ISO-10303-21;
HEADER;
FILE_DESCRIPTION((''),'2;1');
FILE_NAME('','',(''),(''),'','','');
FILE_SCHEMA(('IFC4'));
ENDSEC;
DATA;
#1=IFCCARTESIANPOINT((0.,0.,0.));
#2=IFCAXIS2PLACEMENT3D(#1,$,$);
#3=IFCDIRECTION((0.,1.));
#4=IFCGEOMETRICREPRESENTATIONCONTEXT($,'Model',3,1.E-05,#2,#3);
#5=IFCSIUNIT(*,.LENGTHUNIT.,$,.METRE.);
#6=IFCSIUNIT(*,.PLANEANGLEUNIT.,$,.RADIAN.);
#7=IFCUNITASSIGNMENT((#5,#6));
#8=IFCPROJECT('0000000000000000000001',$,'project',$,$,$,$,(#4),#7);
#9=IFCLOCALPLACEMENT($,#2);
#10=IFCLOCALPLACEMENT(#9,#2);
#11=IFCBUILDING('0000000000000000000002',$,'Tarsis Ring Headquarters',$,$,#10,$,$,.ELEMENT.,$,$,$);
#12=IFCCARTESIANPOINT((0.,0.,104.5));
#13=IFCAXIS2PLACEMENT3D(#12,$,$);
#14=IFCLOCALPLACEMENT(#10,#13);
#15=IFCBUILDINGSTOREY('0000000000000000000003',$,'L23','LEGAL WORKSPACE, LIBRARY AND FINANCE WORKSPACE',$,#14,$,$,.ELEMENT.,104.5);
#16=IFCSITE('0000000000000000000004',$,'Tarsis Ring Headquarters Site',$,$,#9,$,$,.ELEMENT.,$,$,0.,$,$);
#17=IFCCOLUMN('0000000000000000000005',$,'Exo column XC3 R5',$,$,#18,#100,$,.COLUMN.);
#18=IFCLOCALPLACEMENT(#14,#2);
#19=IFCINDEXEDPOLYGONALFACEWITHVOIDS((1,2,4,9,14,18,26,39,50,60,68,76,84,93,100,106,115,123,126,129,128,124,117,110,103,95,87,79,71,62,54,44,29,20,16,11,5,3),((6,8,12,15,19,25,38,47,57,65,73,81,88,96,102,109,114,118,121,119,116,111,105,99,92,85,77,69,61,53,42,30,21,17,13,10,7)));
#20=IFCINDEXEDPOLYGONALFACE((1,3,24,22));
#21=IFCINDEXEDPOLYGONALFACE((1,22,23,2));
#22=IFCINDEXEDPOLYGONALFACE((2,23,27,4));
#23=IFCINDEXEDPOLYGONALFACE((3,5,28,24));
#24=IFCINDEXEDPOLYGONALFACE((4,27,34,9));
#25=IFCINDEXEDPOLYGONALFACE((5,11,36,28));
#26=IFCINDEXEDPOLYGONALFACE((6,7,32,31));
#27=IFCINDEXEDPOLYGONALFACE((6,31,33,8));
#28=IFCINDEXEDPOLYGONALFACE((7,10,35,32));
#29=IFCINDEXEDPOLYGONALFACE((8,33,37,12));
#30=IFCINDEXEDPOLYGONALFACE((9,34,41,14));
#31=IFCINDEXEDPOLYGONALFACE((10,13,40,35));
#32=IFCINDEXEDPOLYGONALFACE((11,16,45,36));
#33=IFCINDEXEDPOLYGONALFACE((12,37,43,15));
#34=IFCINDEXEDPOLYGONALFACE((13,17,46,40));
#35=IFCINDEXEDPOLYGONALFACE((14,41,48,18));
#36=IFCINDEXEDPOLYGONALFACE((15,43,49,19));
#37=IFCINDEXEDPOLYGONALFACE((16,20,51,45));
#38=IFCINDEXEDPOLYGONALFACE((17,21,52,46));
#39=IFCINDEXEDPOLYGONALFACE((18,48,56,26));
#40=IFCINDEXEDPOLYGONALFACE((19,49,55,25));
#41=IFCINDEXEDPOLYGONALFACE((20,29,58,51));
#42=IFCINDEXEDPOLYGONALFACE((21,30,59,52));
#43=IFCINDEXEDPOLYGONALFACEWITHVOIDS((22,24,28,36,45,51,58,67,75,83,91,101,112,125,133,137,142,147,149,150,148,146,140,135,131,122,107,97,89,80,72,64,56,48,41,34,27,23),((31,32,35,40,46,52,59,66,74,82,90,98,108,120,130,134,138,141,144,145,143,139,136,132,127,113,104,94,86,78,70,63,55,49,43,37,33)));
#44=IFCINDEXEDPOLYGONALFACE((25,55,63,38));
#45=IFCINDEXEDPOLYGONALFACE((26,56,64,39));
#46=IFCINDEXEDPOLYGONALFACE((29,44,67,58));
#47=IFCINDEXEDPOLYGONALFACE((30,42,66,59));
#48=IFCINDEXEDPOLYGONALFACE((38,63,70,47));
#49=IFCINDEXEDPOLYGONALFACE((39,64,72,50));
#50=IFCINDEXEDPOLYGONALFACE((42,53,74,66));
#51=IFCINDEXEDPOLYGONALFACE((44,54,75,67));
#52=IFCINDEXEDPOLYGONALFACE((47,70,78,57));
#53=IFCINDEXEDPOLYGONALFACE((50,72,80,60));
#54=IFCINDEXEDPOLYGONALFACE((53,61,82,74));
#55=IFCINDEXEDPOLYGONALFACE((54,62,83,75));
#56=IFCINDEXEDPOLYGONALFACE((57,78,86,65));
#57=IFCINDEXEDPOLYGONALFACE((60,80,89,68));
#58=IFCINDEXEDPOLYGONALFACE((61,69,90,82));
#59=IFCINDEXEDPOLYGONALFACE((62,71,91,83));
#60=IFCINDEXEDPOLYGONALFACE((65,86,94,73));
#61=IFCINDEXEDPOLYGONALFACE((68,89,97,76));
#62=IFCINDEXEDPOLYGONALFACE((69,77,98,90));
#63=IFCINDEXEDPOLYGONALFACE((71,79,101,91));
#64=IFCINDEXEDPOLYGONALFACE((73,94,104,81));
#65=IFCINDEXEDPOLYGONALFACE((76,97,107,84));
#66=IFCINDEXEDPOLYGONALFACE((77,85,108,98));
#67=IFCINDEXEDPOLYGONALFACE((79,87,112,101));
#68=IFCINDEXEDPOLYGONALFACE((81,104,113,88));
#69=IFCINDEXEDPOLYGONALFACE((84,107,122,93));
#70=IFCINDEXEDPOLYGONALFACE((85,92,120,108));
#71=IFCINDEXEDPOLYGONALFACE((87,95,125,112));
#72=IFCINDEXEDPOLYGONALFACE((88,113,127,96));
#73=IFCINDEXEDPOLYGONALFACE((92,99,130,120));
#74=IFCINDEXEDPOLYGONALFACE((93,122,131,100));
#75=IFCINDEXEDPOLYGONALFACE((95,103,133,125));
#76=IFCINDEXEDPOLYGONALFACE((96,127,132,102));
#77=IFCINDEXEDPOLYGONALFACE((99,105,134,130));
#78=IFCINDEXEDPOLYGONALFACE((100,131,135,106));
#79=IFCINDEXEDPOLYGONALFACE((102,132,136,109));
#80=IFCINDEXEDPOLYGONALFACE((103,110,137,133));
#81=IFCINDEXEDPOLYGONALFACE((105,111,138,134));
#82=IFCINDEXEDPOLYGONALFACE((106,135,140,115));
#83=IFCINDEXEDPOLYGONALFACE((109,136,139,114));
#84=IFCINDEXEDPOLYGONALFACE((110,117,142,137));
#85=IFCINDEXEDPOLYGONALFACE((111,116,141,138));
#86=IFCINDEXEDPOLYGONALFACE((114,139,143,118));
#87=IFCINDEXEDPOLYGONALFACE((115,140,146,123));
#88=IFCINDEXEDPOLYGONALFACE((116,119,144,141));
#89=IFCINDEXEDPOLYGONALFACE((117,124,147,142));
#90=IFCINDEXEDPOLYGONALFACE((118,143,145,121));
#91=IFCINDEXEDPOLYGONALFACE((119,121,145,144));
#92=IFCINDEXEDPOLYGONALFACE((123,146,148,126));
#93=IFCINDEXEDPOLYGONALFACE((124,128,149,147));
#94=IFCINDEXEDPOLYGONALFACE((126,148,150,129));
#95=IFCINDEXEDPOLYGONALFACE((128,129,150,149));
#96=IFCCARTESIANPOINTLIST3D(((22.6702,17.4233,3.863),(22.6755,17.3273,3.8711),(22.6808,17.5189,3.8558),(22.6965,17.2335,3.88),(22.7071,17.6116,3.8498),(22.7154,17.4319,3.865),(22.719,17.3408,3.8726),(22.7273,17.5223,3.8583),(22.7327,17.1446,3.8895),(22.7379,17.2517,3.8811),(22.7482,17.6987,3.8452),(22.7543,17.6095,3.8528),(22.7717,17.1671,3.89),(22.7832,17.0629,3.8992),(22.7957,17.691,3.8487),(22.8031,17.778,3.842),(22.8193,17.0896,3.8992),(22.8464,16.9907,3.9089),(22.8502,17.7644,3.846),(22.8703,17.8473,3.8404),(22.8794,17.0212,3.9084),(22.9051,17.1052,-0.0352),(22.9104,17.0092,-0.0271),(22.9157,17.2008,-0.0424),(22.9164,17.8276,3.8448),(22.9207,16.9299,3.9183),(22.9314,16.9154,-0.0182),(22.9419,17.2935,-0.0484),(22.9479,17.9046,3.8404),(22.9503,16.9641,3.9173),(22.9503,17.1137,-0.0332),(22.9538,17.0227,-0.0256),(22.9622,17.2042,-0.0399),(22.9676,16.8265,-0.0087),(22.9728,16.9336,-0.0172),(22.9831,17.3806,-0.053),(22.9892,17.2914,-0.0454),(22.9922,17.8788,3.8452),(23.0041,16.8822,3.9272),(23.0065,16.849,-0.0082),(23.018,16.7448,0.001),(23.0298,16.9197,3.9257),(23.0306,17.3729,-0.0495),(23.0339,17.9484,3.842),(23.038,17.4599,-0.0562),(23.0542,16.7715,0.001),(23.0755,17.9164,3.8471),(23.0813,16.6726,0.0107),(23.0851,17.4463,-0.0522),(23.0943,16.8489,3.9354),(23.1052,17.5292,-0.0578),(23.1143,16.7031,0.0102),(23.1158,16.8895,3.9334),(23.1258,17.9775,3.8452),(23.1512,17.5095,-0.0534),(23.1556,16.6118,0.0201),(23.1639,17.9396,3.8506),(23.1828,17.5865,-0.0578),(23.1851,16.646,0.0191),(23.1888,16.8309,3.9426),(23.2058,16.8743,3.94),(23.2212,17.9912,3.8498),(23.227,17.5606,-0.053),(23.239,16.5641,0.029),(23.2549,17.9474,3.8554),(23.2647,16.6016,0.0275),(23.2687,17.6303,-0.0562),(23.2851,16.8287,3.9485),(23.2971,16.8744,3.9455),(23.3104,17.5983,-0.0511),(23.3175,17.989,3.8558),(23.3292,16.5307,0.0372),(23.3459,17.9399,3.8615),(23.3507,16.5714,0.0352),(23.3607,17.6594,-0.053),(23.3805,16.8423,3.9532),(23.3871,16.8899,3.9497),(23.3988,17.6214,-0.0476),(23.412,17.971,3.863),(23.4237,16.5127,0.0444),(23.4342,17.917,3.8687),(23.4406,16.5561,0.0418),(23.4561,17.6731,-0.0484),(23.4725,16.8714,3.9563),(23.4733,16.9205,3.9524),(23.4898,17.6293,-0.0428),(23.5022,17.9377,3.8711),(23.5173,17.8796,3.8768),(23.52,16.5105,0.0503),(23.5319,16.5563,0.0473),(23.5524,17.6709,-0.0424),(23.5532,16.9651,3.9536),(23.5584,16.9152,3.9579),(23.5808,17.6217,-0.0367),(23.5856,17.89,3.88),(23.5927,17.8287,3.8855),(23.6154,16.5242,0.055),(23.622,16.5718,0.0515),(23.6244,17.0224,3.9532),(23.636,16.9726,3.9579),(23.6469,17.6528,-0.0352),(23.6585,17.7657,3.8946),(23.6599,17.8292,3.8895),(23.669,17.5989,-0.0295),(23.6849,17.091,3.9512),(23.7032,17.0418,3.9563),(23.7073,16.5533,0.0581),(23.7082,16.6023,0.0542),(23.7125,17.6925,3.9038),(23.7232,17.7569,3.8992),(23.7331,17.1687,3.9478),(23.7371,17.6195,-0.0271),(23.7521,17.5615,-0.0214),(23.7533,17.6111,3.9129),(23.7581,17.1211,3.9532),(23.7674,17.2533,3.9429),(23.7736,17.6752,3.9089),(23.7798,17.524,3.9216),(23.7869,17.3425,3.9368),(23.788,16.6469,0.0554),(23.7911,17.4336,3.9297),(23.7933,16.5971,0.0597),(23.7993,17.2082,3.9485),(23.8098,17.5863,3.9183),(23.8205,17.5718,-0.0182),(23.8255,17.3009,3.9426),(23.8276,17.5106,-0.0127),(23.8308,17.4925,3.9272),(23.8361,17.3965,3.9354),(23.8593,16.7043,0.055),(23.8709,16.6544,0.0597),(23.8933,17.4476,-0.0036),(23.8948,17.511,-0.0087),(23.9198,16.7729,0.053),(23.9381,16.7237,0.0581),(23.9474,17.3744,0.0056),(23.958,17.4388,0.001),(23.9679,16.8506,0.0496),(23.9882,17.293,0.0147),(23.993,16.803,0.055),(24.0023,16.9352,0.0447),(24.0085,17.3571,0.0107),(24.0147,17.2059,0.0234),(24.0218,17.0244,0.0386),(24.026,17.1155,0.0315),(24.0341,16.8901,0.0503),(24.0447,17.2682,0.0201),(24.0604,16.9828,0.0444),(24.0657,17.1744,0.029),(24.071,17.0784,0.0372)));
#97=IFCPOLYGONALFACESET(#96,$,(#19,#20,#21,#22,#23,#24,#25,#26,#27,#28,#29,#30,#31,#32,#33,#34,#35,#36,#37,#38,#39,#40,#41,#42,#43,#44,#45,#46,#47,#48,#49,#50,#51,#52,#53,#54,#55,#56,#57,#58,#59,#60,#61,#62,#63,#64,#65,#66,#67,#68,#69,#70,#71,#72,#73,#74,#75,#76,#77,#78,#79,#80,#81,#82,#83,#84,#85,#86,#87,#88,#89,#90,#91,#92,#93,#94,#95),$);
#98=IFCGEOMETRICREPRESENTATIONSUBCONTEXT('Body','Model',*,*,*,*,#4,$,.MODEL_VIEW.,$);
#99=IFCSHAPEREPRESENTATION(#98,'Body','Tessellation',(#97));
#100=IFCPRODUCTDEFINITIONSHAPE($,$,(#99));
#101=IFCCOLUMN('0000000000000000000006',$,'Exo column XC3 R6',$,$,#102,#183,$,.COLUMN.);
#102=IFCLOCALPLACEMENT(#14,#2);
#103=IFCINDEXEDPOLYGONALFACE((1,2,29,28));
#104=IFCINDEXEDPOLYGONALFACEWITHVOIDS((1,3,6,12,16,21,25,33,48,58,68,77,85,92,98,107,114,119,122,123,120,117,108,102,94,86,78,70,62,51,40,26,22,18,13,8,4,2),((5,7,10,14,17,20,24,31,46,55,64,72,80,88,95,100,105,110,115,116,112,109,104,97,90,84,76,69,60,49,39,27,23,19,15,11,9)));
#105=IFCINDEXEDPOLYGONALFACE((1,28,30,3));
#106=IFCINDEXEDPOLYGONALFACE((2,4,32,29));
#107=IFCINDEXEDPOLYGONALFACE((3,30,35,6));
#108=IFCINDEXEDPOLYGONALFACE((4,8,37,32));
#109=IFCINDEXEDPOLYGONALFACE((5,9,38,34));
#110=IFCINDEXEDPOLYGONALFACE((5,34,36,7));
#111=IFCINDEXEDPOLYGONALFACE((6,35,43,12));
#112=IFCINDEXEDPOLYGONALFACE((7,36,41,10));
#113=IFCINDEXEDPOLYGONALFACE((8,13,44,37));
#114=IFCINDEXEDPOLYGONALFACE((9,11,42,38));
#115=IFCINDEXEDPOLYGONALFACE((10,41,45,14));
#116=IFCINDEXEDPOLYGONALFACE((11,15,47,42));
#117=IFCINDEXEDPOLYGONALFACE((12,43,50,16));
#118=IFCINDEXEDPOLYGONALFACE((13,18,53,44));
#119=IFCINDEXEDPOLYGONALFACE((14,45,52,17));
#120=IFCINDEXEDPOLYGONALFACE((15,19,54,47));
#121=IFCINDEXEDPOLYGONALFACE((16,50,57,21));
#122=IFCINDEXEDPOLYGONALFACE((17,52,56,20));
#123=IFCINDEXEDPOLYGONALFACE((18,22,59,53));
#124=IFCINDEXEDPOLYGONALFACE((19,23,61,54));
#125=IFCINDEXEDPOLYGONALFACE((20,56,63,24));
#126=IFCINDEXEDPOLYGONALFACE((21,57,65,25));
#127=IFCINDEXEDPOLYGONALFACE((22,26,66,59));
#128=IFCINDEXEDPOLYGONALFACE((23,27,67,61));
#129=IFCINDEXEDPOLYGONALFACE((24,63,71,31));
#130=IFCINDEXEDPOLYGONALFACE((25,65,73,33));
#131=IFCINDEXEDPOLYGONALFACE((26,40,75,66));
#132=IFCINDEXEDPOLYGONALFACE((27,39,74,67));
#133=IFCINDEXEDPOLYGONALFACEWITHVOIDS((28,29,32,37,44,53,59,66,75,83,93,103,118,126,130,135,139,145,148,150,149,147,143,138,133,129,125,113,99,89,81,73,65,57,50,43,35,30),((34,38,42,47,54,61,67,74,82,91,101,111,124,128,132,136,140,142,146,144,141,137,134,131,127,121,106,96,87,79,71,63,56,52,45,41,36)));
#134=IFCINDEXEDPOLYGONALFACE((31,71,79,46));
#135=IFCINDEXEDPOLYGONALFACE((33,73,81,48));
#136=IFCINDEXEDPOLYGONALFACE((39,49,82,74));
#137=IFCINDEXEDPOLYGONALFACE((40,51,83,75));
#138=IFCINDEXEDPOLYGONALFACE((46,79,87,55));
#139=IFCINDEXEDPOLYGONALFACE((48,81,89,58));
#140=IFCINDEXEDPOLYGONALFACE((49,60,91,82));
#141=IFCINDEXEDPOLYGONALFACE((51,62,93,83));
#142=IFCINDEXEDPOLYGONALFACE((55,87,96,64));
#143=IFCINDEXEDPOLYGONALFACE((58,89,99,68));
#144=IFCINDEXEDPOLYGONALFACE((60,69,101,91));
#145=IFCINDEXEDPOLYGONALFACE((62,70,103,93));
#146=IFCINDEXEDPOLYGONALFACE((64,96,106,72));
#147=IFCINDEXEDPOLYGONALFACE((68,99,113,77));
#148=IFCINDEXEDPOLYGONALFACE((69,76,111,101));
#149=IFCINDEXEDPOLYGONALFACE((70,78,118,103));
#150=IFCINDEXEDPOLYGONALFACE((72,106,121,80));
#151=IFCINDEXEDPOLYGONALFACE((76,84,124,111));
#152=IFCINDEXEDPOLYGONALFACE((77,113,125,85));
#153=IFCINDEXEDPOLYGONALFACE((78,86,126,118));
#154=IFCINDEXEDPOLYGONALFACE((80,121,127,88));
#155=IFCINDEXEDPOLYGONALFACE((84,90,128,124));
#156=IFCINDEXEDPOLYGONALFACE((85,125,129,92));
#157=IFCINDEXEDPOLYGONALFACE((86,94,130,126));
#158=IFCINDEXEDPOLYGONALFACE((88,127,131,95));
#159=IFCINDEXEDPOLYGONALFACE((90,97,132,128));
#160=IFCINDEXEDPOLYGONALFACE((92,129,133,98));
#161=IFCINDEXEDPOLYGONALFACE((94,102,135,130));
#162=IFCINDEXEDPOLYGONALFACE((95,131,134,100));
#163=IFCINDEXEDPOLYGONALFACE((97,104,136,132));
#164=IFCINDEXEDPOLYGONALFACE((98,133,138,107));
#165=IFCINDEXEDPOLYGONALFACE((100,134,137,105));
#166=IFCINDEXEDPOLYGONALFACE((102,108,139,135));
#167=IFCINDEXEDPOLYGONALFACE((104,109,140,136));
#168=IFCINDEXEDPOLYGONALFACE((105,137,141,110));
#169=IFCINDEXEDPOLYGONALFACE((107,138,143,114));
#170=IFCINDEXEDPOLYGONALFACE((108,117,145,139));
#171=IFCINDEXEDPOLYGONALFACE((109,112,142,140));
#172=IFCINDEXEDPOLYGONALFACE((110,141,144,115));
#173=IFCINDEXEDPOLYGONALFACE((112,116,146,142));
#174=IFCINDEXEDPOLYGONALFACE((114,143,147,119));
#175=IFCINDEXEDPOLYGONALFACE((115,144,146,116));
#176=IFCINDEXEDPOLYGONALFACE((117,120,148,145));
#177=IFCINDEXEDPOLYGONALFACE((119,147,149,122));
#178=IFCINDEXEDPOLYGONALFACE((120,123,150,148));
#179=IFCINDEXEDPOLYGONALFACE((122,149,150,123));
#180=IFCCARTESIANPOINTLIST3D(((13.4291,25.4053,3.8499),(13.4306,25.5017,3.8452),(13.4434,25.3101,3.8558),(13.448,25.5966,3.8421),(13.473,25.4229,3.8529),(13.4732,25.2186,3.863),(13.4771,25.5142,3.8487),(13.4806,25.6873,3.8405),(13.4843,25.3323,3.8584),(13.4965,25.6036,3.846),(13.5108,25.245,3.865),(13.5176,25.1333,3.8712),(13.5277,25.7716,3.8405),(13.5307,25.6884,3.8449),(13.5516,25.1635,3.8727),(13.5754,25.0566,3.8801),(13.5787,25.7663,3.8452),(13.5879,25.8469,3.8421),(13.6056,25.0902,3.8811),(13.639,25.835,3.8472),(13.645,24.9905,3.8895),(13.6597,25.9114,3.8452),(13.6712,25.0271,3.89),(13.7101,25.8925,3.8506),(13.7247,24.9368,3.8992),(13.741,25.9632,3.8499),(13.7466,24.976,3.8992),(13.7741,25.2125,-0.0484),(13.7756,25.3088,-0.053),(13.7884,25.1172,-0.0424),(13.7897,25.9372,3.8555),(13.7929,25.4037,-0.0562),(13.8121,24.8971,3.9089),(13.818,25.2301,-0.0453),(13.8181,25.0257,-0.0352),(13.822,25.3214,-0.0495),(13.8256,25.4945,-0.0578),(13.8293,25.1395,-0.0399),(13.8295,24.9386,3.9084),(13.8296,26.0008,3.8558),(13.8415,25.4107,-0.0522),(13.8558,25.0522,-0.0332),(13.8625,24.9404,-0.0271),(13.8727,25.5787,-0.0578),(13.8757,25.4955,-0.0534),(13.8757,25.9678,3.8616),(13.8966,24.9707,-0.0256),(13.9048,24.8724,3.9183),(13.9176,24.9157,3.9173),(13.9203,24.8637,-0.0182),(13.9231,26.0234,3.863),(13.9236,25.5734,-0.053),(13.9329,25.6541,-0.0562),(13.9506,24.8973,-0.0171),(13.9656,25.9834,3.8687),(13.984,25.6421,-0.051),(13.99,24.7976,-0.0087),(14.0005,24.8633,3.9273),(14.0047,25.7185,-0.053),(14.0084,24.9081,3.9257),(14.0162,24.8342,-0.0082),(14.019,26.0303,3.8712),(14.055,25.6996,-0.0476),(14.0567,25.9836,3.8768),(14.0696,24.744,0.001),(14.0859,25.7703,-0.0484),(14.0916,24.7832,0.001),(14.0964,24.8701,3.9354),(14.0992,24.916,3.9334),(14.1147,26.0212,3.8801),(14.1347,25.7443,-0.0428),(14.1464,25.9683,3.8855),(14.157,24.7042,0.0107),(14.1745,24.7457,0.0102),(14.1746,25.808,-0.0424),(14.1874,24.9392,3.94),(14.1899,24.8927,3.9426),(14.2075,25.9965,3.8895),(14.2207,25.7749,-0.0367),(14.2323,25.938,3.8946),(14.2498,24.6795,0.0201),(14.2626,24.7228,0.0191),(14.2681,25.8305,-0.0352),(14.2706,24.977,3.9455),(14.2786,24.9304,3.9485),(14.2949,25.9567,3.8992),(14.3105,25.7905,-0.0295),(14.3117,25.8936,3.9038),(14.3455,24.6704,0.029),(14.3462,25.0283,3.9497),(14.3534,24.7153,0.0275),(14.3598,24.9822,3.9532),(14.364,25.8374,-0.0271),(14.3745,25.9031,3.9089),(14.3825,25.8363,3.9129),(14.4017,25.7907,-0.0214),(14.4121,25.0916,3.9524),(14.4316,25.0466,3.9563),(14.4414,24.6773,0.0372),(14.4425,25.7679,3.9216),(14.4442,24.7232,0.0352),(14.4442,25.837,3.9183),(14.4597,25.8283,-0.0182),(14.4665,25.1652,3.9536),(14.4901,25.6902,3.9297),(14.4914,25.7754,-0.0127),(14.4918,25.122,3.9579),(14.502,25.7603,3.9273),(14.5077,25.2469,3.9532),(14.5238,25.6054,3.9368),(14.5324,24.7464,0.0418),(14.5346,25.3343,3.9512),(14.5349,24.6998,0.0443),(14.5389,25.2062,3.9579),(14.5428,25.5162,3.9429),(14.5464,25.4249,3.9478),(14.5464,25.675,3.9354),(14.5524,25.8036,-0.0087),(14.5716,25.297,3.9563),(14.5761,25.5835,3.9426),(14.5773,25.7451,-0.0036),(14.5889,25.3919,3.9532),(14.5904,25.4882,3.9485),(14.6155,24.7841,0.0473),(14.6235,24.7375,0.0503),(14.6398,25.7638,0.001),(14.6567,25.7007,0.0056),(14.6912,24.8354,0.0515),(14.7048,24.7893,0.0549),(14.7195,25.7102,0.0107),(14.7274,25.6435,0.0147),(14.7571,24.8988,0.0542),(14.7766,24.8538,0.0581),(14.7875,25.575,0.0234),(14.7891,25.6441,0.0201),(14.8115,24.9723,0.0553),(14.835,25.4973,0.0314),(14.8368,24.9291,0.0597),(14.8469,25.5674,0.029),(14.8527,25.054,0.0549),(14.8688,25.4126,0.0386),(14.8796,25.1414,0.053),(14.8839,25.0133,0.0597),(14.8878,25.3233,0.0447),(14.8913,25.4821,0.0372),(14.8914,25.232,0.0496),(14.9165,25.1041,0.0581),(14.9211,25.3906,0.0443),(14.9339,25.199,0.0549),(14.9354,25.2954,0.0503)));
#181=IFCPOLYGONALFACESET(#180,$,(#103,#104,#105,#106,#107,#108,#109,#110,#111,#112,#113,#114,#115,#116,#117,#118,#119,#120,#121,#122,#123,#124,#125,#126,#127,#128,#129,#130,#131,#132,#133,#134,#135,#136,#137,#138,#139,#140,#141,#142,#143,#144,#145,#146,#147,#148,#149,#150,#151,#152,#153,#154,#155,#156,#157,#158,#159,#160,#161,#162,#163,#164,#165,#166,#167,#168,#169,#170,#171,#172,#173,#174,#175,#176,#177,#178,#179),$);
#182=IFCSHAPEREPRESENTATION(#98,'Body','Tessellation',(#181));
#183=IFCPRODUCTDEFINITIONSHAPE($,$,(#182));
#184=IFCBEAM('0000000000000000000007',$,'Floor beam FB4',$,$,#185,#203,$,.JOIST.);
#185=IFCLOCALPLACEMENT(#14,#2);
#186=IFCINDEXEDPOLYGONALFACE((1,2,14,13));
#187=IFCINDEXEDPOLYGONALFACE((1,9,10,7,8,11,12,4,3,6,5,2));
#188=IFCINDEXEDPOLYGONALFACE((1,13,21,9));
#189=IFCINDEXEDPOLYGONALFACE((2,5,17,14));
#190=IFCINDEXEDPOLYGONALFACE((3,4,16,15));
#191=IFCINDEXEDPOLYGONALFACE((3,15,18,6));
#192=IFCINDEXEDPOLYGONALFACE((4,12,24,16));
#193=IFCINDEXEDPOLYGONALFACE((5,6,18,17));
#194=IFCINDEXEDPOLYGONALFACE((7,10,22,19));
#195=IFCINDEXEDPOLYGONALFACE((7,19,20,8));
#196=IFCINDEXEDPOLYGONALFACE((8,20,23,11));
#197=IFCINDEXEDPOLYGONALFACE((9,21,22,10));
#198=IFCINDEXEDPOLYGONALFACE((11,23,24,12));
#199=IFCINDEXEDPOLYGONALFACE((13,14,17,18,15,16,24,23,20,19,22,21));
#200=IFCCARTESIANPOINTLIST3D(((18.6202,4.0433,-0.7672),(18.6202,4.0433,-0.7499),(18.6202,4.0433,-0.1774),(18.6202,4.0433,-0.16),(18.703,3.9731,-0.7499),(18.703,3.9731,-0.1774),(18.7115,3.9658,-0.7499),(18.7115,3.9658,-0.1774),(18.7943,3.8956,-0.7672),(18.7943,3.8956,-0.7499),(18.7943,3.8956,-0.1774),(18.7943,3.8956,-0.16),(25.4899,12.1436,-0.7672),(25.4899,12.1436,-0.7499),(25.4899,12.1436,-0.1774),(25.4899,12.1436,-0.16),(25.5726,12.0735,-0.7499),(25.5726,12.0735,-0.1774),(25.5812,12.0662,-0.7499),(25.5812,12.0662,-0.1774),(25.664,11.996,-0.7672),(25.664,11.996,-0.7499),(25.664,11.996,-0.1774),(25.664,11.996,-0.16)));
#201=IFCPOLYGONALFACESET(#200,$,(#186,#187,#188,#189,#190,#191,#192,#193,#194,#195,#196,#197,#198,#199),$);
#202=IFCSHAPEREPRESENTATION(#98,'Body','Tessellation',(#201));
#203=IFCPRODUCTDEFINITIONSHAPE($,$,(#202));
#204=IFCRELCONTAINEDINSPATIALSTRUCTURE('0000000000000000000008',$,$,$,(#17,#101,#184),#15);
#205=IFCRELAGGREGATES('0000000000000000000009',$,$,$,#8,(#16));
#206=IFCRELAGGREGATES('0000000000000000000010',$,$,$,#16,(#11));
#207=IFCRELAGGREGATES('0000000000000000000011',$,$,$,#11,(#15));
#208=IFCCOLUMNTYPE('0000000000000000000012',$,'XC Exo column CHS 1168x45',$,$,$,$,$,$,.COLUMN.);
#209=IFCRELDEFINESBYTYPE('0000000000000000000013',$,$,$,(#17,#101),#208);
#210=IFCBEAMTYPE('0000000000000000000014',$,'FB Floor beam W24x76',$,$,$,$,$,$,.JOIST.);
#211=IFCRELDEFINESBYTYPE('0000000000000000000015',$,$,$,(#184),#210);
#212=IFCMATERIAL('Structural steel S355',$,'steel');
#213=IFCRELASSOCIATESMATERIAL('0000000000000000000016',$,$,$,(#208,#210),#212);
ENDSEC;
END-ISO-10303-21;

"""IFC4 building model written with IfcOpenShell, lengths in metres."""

from ifc_helpers import new_model, si_unit, direction, frame, origin, origin_2d, place, context, subcontext, project, spatial, hollow_circle, i_section, extrude, material, material_profile, profile_set, type_object, element, save


model = new_model("IFC4")

# Units and contexts
model_context = context("Model", 3, precision=1e-05, world=origin(), true_north=direction((0.0, 1.0)))
body_context = subcontext(model_context, "Body", "Model", "MODEL_VIEW")
ifc_project = project(units=[si_unit("LENGTHUNIT", "METRE"), si_unit("PLANEANGLEUNIT", "RADIAN")], contexts=[model_context])

# Site, building, storey
site_placement = place(None, origin())
site = spatial("IfcSite", under=ifc_project, at=site_placement, Name="Tarsis Ring Headquarters Site", CompositionType="ELEMENT", RefElevation=0.0)
building_placement = place(site_placement, origin())
building = spatial("IfcBuilding", under=site, at=building_placement, Name="Tarsis Ring Headquarters", CompositionType="ELEMENT")
storey_placement = place(building_placement, frame((0.0, 0.0, 104.5)))
storey = spatial("IfcBuildingStorey", under=building, at=storey_placement, Name="L23", Description="LEGAL WORKSPACE, LIBRARY AND FINANCE WORKSPACE", CompositionType="ELEMENT", Elevation=104.5)

# Columns
ifc_material_1 = material(Name="Structural steel S355", Category="steel")
ifc_material_profile_1 = material_profile(ifc_material_1, hollow_circle(Radius=0.5842, WallThickness=0.0449, at=origin_2d()), Name="CHS 1168x45")
ifc_profile_set_1 = profile_set([ifc_material_profile_1], Name="Structural steel S355")
column_type = type_object("IfcColumnType", Name="XC Exo column CHS 1168x45", PredefinedType="COLUMN", material=ifc_profile_set_1)
for number, where, z_axis, x_axis, name in (
    (1, (23.488, 17.0918, 0.001), (-0.059942, 0.081189, 0.994895), (-0.804497, -0.593957, 0.0), "Exo column XC3 R5"),
    (2, (14.3547, 25.2539, 0.001), (-0.088044, 0.049225, 0.9949), (-0.488001, -0.872843, 0.0), "Exo column XC3 R6"),
):
    element("IfcColumn", number, at=place(storey_placement, frame(where, z_axis=z_axis, x_axis=x_axis)), inside=storey, type_object=column_type, Name=name, PredefinedType="COLUMN", context=body_context, shape_type="SweptSolid", body=[
        extrude(hollow_circle(Radius=0.5842, WallThickness=0.0449, at=origin_2d()), origin(), (0.0, 0.0, 1.0), 3.9182),
    ])

# Beam
ifc_material_profile_2 = material_profile(ifc_material_1, i_section(OverallWidth=0.2283, OverallDepth=0.6072, WebThickness=0.0112, FlangeThickness=0.0173, at=origin_2d()), Name="W24x76")
ifc_profile_set_2 = profile_set([ifc_material_profile_2], Name="Structural steel S355")
beam_type_1 = type_object("IfcBeamType", Name="FB Floor beam W24x76", PredefinedType="JOIST", material=ifc_profile_set_2)
beam_1_placement = place(storey_placement, frame((25.5769, 12.0698, -0.4636), z_axis=(-0.646792, -0.762666, 0.0), x_axis=(0.762666, -0.646792, 0.0)))
element("IfcBeam", 3, at=beam_1_placement, inside=storey, type_object=beam_type_1, Name="Floor beam FB4", PredefinedType="JOIST", context=body_context, shape_type="SweptSolid", body=[
    extrude(i_section(OverallWidth=0.2283, OverallDepth=0.6072, WebThickness=0.0112, FlangeThickness=0.0173, at=origin_2d()), origin(), (0.0, 0.0, 1.0), 10.6211),
])

save(model, "model.ifc")
